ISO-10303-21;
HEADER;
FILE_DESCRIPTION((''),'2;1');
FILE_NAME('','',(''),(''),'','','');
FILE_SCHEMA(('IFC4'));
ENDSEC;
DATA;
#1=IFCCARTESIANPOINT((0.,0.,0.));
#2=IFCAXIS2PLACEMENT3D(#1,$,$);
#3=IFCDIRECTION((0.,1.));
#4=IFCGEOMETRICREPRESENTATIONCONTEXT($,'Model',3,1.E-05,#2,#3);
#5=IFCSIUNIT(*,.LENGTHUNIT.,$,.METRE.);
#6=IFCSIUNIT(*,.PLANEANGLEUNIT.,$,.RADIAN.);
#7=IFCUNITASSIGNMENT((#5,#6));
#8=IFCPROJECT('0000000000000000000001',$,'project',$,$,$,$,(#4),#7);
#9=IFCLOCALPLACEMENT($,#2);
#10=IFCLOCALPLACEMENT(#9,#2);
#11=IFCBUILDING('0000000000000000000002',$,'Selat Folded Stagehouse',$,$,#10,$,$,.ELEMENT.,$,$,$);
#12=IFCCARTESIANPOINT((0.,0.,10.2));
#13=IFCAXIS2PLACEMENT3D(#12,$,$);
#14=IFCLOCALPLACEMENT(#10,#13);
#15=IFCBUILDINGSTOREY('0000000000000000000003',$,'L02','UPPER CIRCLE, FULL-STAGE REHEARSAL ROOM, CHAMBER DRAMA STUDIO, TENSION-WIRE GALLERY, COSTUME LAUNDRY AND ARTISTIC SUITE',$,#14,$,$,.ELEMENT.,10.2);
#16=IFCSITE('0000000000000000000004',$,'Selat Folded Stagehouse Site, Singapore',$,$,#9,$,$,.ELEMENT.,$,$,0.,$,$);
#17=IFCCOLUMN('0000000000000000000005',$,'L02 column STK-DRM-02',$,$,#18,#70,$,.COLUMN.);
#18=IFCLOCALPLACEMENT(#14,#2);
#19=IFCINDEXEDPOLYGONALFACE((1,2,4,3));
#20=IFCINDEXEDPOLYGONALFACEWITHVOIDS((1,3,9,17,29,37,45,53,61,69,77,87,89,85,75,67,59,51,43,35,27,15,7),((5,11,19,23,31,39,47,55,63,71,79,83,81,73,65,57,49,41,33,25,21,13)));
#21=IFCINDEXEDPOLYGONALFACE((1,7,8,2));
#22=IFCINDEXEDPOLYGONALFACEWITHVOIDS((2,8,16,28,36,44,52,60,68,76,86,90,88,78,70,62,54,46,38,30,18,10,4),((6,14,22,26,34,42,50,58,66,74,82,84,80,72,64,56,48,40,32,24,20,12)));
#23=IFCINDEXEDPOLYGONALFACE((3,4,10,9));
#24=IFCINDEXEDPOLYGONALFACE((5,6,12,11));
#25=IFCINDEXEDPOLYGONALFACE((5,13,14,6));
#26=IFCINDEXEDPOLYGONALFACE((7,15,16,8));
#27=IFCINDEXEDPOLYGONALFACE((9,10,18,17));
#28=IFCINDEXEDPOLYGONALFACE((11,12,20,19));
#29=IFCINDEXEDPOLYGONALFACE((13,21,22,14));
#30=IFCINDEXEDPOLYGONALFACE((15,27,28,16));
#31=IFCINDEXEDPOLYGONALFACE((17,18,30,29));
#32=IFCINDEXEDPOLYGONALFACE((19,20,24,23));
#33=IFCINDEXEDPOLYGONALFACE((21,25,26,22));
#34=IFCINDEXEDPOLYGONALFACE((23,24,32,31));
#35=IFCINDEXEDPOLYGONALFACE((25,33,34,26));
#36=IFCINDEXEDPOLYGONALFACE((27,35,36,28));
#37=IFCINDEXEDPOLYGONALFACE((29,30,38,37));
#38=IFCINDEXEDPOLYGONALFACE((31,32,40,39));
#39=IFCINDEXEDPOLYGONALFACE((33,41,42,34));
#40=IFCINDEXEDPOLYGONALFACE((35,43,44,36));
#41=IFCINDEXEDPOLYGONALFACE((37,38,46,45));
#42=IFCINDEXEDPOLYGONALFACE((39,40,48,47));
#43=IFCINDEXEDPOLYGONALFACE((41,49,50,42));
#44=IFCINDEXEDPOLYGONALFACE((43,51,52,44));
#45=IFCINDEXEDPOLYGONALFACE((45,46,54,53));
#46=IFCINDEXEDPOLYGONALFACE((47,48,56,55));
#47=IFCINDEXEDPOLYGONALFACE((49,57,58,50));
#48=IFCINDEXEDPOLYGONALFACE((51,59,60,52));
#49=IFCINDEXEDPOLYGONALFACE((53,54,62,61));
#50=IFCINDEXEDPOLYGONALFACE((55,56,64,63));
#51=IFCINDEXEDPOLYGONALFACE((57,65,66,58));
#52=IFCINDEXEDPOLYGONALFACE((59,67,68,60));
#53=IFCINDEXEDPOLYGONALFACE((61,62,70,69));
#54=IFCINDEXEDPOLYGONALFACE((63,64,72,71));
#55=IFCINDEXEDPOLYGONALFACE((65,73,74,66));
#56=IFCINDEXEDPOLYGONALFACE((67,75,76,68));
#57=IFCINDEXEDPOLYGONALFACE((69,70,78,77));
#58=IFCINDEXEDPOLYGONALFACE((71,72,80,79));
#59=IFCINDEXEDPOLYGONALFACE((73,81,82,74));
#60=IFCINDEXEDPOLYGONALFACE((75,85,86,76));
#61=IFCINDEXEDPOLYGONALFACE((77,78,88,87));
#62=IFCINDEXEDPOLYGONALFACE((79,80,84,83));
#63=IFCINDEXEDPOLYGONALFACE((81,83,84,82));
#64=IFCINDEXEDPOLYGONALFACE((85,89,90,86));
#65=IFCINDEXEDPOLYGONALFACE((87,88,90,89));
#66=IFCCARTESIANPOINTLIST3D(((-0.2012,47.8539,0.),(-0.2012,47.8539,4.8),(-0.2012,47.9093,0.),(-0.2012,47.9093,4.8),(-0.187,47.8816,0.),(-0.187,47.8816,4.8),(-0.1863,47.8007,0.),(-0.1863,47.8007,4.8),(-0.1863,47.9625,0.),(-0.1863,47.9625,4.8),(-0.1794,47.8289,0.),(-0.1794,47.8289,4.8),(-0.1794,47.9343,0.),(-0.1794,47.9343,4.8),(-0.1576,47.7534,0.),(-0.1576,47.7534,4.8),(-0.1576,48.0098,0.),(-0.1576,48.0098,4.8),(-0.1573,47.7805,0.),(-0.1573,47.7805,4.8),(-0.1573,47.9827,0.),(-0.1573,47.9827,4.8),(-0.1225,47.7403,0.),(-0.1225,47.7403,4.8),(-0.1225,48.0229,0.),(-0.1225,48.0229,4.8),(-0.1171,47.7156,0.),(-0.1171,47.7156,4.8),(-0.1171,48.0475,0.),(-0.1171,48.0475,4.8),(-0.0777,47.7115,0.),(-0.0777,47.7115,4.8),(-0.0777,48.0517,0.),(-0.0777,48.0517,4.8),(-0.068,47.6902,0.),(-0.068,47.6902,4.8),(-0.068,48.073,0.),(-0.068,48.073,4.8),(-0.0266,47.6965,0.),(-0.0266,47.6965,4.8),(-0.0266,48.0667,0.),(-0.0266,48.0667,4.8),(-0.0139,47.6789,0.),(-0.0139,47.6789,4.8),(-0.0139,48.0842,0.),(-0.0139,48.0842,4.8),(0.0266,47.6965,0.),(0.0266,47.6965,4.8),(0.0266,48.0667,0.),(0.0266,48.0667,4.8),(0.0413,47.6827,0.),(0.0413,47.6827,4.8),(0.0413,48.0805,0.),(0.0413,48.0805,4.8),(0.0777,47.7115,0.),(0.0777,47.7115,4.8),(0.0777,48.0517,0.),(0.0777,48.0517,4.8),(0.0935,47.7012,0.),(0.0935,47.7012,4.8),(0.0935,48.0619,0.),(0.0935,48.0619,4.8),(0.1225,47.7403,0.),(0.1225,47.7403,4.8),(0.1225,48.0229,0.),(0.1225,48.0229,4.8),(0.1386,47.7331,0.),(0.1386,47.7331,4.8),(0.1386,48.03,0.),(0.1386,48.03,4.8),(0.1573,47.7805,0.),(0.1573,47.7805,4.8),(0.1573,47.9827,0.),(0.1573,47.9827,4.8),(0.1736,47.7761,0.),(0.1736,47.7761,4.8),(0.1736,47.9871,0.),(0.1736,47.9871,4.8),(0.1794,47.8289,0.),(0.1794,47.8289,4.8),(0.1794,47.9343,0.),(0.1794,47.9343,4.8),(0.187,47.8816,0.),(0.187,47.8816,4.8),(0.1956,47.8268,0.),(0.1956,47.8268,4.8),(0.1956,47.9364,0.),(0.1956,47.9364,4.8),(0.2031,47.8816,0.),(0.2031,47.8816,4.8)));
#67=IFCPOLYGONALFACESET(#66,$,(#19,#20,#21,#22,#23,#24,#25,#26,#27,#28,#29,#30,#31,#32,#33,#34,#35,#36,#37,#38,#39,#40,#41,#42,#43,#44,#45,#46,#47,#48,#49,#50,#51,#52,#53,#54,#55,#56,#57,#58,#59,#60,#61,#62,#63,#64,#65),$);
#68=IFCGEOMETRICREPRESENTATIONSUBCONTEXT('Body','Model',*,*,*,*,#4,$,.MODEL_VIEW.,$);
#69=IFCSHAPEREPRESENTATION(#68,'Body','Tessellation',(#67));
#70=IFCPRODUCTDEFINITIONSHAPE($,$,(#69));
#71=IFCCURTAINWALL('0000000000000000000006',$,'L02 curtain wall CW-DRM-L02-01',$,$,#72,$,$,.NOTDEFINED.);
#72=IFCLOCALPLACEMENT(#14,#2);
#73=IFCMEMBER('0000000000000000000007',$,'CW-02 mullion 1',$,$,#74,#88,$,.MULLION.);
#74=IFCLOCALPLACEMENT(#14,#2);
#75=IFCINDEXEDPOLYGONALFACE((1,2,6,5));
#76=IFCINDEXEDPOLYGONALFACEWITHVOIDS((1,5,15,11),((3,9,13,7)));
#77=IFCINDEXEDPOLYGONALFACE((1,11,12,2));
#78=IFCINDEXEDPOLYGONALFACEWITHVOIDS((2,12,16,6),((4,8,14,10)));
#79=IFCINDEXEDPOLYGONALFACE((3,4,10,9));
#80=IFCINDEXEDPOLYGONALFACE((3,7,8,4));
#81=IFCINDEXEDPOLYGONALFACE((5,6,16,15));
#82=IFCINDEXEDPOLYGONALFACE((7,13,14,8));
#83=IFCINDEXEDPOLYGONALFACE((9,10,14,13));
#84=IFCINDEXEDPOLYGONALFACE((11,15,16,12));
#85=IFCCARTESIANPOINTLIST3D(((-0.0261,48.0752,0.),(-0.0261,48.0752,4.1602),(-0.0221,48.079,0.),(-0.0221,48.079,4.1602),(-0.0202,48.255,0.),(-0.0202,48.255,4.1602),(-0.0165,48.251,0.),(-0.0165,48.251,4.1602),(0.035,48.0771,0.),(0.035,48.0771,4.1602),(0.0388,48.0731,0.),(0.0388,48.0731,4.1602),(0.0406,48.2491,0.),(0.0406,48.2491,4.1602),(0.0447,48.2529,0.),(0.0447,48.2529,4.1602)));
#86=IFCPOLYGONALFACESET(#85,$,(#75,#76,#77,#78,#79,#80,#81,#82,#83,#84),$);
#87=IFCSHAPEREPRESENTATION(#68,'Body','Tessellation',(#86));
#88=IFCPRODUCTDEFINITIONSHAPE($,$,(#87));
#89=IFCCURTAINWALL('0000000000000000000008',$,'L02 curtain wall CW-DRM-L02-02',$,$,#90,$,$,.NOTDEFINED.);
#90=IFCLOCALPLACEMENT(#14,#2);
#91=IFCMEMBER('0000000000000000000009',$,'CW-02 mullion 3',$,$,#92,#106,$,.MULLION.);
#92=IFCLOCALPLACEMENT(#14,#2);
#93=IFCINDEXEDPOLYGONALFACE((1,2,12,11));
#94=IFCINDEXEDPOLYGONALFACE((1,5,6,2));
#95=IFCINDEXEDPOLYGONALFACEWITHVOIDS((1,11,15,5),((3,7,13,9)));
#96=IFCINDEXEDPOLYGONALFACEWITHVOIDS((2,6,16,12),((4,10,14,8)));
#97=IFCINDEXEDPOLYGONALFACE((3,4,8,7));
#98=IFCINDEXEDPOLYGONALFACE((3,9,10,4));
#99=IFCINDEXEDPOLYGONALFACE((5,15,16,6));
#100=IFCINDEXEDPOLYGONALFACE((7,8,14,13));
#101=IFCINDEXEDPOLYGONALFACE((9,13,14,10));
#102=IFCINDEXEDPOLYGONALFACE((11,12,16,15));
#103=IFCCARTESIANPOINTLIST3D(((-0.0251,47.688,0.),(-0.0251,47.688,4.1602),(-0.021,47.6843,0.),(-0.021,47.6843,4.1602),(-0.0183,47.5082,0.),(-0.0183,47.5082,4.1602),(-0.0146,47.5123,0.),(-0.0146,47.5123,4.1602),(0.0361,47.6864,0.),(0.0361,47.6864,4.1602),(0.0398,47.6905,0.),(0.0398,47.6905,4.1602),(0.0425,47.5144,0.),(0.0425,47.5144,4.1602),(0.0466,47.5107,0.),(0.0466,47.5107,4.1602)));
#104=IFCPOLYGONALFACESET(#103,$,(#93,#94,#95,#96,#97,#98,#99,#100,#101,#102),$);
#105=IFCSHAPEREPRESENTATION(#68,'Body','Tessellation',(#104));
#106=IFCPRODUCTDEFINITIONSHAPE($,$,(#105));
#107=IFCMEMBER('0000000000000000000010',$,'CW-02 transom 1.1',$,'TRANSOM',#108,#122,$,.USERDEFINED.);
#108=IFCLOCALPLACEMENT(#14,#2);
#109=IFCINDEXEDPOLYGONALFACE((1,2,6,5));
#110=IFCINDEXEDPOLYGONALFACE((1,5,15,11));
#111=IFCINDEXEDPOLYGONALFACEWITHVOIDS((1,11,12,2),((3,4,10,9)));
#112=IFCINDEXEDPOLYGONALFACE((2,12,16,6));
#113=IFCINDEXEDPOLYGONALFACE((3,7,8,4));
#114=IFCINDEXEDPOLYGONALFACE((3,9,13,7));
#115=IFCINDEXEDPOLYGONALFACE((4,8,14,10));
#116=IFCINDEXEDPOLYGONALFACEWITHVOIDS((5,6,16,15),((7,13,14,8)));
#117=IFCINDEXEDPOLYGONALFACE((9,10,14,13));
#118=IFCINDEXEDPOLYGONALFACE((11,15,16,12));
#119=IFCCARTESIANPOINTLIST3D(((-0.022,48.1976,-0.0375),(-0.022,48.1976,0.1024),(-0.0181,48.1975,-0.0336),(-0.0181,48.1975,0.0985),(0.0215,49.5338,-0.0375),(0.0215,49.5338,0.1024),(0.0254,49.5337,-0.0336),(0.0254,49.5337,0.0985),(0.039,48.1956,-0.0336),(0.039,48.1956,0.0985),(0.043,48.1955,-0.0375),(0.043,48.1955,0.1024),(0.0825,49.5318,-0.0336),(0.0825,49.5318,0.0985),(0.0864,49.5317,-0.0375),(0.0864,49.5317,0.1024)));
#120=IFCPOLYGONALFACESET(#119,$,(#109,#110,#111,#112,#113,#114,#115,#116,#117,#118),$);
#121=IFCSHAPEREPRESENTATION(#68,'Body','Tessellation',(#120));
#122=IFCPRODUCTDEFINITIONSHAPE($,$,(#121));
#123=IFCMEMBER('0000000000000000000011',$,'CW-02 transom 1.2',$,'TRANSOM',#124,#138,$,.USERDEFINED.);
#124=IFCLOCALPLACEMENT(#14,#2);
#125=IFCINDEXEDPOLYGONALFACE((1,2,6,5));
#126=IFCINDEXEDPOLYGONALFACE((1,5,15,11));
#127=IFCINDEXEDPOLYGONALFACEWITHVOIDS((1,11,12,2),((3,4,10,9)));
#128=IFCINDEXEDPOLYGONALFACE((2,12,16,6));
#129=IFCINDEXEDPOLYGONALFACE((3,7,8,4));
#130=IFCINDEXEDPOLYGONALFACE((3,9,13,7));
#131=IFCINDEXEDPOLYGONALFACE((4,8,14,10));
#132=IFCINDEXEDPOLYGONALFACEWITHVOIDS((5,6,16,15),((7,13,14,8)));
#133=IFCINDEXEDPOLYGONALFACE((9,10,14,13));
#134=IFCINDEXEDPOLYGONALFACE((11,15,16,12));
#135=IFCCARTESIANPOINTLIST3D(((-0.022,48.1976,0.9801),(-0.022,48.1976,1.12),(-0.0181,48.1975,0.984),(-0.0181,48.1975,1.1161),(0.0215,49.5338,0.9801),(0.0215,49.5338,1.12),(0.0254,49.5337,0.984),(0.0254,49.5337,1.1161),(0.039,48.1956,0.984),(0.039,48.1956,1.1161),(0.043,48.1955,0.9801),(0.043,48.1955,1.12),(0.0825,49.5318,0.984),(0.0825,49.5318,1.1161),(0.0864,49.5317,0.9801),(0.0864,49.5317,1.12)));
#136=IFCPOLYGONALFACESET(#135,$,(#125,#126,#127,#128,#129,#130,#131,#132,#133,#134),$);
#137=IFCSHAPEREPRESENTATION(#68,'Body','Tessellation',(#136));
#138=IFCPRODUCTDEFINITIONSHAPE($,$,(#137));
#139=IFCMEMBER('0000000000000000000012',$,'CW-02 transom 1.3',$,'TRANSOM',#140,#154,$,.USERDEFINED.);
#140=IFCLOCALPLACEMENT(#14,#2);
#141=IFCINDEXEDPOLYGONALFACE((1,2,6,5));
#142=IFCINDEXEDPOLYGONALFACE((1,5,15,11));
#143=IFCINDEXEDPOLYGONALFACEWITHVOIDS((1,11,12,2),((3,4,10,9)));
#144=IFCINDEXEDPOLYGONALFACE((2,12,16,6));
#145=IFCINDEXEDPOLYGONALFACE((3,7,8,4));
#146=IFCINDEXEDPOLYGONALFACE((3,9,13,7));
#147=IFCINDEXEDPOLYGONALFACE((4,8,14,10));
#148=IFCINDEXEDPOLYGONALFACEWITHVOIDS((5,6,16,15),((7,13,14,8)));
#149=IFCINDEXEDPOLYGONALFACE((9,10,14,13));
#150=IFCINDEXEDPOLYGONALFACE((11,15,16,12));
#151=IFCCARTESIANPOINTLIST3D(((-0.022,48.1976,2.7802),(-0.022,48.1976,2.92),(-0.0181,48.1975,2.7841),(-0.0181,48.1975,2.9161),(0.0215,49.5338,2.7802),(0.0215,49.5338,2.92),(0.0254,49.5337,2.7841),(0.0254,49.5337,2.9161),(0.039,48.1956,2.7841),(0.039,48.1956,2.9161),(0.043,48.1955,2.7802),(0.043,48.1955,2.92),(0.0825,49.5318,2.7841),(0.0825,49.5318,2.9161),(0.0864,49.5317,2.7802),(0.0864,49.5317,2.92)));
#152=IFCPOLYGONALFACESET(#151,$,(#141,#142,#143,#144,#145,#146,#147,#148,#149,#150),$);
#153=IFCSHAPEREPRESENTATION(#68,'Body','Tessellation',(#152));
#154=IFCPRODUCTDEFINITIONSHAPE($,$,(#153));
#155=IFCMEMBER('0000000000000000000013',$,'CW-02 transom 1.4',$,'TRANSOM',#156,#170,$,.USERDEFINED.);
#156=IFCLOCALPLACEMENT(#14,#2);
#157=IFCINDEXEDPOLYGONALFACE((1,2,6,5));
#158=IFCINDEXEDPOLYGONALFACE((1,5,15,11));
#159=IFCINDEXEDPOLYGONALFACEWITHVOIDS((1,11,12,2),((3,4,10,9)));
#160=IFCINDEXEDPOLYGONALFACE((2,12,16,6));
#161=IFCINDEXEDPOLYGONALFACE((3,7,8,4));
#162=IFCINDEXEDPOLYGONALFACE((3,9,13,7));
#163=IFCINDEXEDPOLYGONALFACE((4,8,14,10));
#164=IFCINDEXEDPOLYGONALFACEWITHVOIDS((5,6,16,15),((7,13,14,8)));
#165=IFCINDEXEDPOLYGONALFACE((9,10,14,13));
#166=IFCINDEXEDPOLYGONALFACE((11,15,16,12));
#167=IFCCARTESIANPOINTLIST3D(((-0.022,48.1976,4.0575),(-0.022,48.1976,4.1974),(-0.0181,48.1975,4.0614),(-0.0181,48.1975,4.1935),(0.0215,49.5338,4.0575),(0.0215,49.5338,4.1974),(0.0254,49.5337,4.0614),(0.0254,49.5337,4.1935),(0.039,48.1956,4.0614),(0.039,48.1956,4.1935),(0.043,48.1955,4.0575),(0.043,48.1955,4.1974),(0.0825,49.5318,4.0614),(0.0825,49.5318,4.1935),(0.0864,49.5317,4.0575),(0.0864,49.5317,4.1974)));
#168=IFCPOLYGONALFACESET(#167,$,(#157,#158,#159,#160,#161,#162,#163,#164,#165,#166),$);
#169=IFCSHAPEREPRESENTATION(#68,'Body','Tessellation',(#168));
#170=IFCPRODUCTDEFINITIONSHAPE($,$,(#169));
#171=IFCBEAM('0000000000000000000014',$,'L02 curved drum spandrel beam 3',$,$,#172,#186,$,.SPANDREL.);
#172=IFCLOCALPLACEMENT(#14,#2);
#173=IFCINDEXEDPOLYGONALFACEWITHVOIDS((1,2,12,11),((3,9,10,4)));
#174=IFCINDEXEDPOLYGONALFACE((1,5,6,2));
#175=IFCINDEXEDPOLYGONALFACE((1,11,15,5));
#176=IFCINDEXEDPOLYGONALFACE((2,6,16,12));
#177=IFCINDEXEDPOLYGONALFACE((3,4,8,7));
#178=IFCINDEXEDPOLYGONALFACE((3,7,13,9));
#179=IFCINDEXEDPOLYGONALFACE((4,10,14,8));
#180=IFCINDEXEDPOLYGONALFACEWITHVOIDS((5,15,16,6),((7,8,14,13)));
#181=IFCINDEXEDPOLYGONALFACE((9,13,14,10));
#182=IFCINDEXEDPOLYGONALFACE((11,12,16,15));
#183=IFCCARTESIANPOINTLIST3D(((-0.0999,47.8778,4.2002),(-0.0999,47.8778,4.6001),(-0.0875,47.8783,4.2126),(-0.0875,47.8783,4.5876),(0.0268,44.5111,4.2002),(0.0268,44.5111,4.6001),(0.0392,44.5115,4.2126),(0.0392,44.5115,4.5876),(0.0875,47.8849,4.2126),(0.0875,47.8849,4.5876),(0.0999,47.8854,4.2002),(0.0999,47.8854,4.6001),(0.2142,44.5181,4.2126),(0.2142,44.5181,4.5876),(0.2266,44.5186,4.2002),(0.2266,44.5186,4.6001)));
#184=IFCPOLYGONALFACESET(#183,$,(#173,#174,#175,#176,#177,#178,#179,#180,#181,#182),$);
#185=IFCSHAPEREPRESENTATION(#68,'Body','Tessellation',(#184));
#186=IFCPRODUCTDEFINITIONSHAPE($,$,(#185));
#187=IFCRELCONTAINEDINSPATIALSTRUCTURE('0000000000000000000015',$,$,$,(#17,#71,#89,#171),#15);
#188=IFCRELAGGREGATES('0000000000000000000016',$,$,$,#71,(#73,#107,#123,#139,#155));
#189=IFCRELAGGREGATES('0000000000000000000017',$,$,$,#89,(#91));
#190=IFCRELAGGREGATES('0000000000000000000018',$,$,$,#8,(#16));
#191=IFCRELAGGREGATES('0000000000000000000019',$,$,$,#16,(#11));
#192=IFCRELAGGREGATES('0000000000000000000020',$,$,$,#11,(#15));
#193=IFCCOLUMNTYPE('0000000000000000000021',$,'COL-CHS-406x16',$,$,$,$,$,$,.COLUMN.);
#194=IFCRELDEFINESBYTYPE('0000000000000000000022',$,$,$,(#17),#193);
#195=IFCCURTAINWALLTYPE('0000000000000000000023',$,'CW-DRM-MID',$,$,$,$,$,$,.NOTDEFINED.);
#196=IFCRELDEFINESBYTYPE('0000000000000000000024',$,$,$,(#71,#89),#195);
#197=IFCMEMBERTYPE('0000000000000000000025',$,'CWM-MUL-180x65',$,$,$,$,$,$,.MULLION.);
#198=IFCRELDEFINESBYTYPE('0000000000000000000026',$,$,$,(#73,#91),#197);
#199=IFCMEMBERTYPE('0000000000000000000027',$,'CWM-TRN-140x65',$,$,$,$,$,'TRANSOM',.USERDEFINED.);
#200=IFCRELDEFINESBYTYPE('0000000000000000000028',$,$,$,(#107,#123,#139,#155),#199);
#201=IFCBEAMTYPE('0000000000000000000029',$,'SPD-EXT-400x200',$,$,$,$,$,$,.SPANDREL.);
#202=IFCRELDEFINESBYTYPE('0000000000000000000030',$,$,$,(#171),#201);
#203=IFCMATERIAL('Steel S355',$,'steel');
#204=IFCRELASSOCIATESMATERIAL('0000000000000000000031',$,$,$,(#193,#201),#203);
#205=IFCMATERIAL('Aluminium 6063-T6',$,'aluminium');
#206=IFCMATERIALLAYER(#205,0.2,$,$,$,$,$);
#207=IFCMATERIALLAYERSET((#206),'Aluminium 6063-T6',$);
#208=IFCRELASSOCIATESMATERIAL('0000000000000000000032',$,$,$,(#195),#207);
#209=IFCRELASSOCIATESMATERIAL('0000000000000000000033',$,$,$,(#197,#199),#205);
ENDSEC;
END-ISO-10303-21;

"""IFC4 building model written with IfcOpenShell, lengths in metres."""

from ifc_helpers import new_model, si_unit, direction, frame, origin, origin_2d, place, context, subcontext, project, spatial, hollow_rectangle, hollow_circle, extrude, material, layer, layer_set, material_profile, profile_set, type_object, element, aggregate, save


model = new_model("IFC4")

# Units and contexts
model_context = context("Model", 3, precision=1e-05, world=origin(), true_north=direction((0.0, 1.0)))
body_context = subcontext(model_context, "Body", "Model", "MODEL_VIEW")
ifc_project = project(units=[si_unit("LENGTHUNIT", "METRE"), si_unit("PLANEANGLEUNIT", "RADIAN")], contexts=[model_context])

# Site, building, storey
site_placement = place(None, origin())
site = spatial("IfcSite", under=ifc_project, at=site_placement, Name="Selat Folded Stagehouse Site, Singapore", CompositionType="ELEMENT", RefElevation=0.0)
building_placement = place(site_placement, origin())
building = spatial("IfcBuilding", under=site, at=building_placement, Name="Selat Folded Stagehouse", CompositionType="ELEMENT")
storey_placement = place(building_placement, frame((0.0, 0.0, 10.2)))
storey = spatial("IfcBuildingStorey", under=building, at=storey_placement, Name="L02", Description="UPPER CIRCLE, FULL-STAGE REHEARSAL ROOM, CHAMBER DRAMA STUDIO, TENSION-WIRE GALLERY, COSTUME LAUNDRY AND ARTISTIC SUITE", CompositionType="ELEMENT", Elevation=10.2)

# Column
ifc_material_1 = material(Name="Steel S355", Category="steel")
ifc_material_profile_1 = material_profile(ifc_material_1, hollow_circle(Radius=0.2031, WallThickness=0.0161, at=origin_2d()), Name="CHS 406.4x16.0")
ifc_profile_set_1 = profile_set([ifc_material_profile_1], Name="Steel S355")
column_type = type_object("IfcColumnType", Name="COL-CHS-406x16", PredefinedType="COLUMN", material=ifc_profile_set_1)
column_placement = place(storey_placement, frame((0.0, 47.8816, 0.0), z_axis=(0.0, 0.0, 1.0), x_axis=(1.0, 0.0, 0.0)))
element("IfcColumn", 1, at=column_placement, inside=storey, type_object=column_type, Name="L02 column STK-DRM-02", PredefinedType="COLUMN", context=body_context, shape_type="SweptSolid", body=[
    extrude(hollow_circle(Radius=0.2031, WallThickness=0.0161, at=origin_2d()), origin(), (0.0, 0.0, 1.0), 4.8),
])

# Curtain walls, members
ifc_material_2 = material(Name="Aluminium 6063-T6", Category="aluminium")
ifc_layer_1 = layer(ifc_material_2, 0.2)
ifc_layer_set_1 = layer_set([ifc_layer_1], Name="Aluminium 6063-T6")
curtain_wall_type = type_object("IfcCurtainWallType", Name="CW-DRM-MID", PredefinedType="NOTDEFINED", material=ifc_layer_set_1)
curtain_wall_1_placement = place(storey_placement, origin())
curtain_wall_1 = element("IfcCurtainWall", 2, at=curtain_wall_1_placement, inside=storey, type_object=curtain_wall_type, Name="L02 curtain wall CW-DRM-L02-01", PredefinedType="NOTDEFINED")
ifc_material_profile_2 = material_profile(ifc_material_2, hollow_rectangle(XDim=0.0649, YDim=0.1799, WallThickness=0.0039, at=origin_2d()), Name="ALU 180x65x4.0")
ifc_profile_set_2 = profile_set([ifc_material_profile_2], Name="Aluminium 6063-T6")
member_type_1 = type_object("IfcMemberType", Name="CWM-MUL-180x65", PredefinedType="MULLION", material=ifc_profile_set_2)
member_1_placement = place(storey_placement, frame((0.0093, 48.1641, 0.0), z_axis=(0.0, 0.0, 1.0), x_axis=(-0.999468, 0.032625, 0.0)))
member_1 = element("IfcMember", 3, at=member_1_placement, type_object=member_type_1, Name="CW-02 mullion 1", PredefinedType="MULLION", context=body_context, shape_type="SweptSolid", body=[
    extrude(hollow_rectangle(XDim=0.0649, YDim=0.1799, WallThickness=0.0039, at=origin_2d()), origin(), (0.0, 0.0, 1.0), 4.1602),
])
curtain_wall_2_placement = place(storey_placement, origin())
curtain_wall_2 = element("IfcCurtainWall", 4, at=curtain_wall_2_placement, inside=storey, type_object=curtain_wall_type, Name="L02 curtain wall CW-DRM-L02-02", PredefinedType="NOTDEFINED")
member_2_placement = place(storey_placement, frame((0.0107, 47.5994, 0.0), z_axis=(0.0, 0.0, 1.0), x_axis=(-0.999294, -0.037574, 0.0)))
member_2 = element("IfcMember", 5, at=member_2_placement, type_object=member_type_1, Name="CW-02 mullion 3", PredefinedType="MULLION", context=body_context, shape_type="SweptSolid", body=[
    extrude(hollow_rectangle(XDim=0.0649, YDim=0.1799, WallThickness=0.0039, at=origin_2d()), origin(), (0.0, 0.0, 1.0), 4.1602),
])

# Members
ifc_material_profile_3 = material_profile(ifc_material_2, hollow_rectangle(XDim=0.0649, YDim=0.1399, WallThickness=0.0039, at=origin_2d()), Name="ALU 140x65x4.0")
ifc_profile_set_3 = profile_set([ifc_material_profile_3], Name="Aluminium 6063-T6")
member_type_2 = type_object("IfcMemberType", Name="CWM-TRN-140x65", ElementType="TRANSOM", PredefinedType="USERDEFINED", material=ifc_profile_set_3)
member_3_placement = place(storey_placement, frame((0.0105, 48.1965, 0.0325), z_axis=(0.032506, 0.999472, 0.0), x_axis=(-0.999472, 0.032506, 0.0)))
member_3 = element("IfcMember", 6, at=member_3_placement, type_object=member_type_2, Name="CW-02 transom 1.1", ObjectType="TRANSOM", PredefinedType="USERDEFINED", context=body_context, shape_type="SweptSolid", body=[
    extrude(hollow_rectangle(XDim=0.0649, YDim=0.1399, WallThickness=0.0039, at=origin_2d()), origin(), (0.0, 0.0, 1.0), 1.3369),
])
member_4_placement = place(storey_placement, frame((0.0105, 48.1965, 1.05), z_axis=(0.032506, 0.999472, 0.0), x_axis=(-0.999472, 0.032506, 0.0)))
member_4 = element("IfcMember", 7, at=member_4_placement, type_object=member_type_2, Name="CW-02 transom 1.2", ObjectType="TRANSOM", PredefinedType="USERDEFINED", context=body_context, shape_type="SweptSolid", body=[
    extrude(hollow_rectangle(XDim=0.0649, YDim=0.1399, WallThickness=0.0039, at=origin_2d()), origin(), (0.0, 0.0, 1.0), 1.3369),
])
member_5_placement = place(storey_placement, frame((0.0105, 48.1965, 2.8501), z_axis=(0.032506, 0.999472, 0.0), x_axis=(-0.999472, 0.032506, 0.0)))
member_5 = element("IfcMember", 8, at=member_5_placement, type_object=member_type_2, Name="CW-02 transom 1.3", ObjectType="TRANSOM", PredefinedType="USERDEFINED", context=body_context, shape_type="SweptSolid", body=[
    extrude(hollow_rectangle(XDim=0.0649, YDim=0.1399, WallThickness=0.0039, at=origin_2d()), origin(), (0.0, 0.0, 1.0), 1.3369),
])
member_6_placement = place(storey_placement, frame((0.0105, 48.1965, 4.1274), z_axis=(0.032506, 0.999472, 0.0), x_axis=(-0.999472, 0.032506, 0.0)))
member_6 = element("IfcMember", 9, at=member_6_placement, type_object=member_type_2, Name="CW-02 transom 1.4", ObjectType="TRANSOM", PredefinedType="USERDEFINED", context=body_context, shape_type="SweptSolid", body=[
    extrude(hollow_rectangle(XDim=0.0649, YDim=0.1399, WallThickness=0.0039, at=origin_2d()), origin(), (0.0, 0.0, 1.0), 1.3369),
])

# Beam
ifc_material_profile_4 = material_profile(ifc_material_1, hollow_rectangle(XDim=0.2, YDim=0.3999, WallThickness=0.0125, at=origin_2d()), Name="RHS 400x200x12.5")
ifc_profile_set_4 = profile_set([ifc_material_profile_4], Name="Steel S355")
beam_type = type_object("IfcBeamType", Name="SPD-EXT-400x200", PredefinedType="SPANDREL", material=ifc_profile_set_4)
beam_placement = place(storey_placement, frame((0.0, 47.8816, 4.4001), z_axis=(0.037609, -0.999293, 0.0), x_axis=(0.999293, 0.037609, 0.0)))
element("IfcBeam", 10, at=beam_placement, inside=storey, type_object=beam_type, Name="L02 curved drum spandrel beam 3", PredefinedType="SPANDREL", context=body_context, shape_type="SweptSolid", body=[
    extrude(hollow_rectangle(XDim=0.2, YDim=0.3999, WallThickness=0.0125, at=origin_2d()), origin(), (0.0, 0.0, 1.0), 3.3691),
])

aggregate(curtain_wall_1, [member_1, member_3, member_4, member_5, member_6])
aggregate(curtain_wall_2, [member_2])

save(model, "model.ifc")
